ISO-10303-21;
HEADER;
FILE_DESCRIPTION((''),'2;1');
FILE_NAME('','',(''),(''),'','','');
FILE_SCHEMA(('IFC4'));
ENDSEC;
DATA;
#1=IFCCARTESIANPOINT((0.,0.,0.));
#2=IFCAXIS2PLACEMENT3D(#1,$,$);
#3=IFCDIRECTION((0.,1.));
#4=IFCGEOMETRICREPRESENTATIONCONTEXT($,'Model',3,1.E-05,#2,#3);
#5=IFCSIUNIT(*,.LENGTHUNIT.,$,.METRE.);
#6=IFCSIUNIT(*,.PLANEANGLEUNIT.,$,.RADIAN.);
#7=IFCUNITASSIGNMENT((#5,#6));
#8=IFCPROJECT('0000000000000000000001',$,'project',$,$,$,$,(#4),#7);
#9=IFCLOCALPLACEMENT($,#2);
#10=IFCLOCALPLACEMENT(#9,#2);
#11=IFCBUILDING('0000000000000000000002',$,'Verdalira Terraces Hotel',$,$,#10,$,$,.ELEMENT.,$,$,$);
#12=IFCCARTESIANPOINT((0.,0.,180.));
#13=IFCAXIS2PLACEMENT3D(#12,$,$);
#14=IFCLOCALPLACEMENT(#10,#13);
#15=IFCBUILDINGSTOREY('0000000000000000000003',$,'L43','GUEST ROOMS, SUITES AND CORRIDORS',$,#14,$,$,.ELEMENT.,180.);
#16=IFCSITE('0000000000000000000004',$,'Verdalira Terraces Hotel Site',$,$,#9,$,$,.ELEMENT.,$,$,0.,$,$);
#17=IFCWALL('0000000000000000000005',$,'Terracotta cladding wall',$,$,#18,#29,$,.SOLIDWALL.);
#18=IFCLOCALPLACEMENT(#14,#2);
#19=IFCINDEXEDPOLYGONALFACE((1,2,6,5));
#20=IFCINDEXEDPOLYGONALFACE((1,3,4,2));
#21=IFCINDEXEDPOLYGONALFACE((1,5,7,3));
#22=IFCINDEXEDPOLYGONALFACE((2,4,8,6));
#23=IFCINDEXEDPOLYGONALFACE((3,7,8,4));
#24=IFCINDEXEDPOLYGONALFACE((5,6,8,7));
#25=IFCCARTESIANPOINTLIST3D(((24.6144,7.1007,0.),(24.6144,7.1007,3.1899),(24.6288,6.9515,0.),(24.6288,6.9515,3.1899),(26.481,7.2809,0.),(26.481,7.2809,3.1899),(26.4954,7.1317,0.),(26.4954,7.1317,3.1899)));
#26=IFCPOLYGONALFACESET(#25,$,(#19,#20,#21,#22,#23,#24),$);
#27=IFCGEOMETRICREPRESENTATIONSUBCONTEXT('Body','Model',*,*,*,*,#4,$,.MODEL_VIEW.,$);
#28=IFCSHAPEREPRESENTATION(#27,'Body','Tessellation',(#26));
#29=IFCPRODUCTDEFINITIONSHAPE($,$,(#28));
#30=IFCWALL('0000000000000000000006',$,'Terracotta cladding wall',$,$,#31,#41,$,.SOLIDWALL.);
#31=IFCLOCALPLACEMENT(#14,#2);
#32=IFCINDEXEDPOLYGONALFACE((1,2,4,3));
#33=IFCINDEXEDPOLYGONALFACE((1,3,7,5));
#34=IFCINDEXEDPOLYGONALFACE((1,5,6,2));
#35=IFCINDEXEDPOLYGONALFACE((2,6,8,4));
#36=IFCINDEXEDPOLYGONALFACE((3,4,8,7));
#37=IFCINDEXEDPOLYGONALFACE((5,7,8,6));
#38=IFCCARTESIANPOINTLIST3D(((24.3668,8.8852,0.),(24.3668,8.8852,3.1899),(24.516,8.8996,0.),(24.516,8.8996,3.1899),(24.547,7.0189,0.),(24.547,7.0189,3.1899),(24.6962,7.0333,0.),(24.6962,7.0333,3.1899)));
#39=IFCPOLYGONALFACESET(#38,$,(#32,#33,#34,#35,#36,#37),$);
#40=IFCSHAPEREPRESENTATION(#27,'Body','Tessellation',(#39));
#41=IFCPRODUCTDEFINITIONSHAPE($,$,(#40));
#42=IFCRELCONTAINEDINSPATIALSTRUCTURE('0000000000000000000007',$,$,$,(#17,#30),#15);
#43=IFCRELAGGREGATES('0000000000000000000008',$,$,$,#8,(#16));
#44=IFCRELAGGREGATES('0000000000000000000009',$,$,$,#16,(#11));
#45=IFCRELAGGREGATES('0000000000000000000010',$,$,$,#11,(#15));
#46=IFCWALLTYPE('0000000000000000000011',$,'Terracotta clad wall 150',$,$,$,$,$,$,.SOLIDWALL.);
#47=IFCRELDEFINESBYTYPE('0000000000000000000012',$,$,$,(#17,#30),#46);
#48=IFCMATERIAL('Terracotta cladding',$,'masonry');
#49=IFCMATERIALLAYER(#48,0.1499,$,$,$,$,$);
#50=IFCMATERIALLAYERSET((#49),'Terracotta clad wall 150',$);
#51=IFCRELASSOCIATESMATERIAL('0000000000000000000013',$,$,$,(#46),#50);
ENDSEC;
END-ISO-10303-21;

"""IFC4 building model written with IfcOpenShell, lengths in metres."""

from ifc_helpers import new_model, si_unit, direction, frame, frame_2d, origin, place, context, subcontext, project, spatial, rectangle, extrude, material, layer, layer_set, type_object, element, save


model = new_model("IFC4")

# Units and contexts
model_context = context("Model", 3, precision=1e-05, world=origin(), true_north=direction((0.0, 1.0)))
body_context = subcontext(model_context, "Body", "Model", "MODEL_VIEW")
ifc_project = project(units=[si_unit("LENGTHUNIT", "METRE"), si_unit("PLANEANGLEUNIT", "RADIAN")], contexts=[model_context])

# Site, building, storey
site_placement = place(None, origin())
site = spatial("IfcSite", under=ifc_project, at=site_placement, Name="Verdalira Terraces Hotel Site", CompositionType="ELEMENT", RefElevation=0.0)
building_placement = place(site_placement, origin())
building = spatial("IfcBuilding", under=site, at=building_placement, Name="Verdalira Terraces Hotel", CompositionType="ELEMENT")
storey_placement = place(building_placement, frame((0.0, 0.0, 180.0)))
storey = spatial("IfcBuildingStorey", under=building, at=storey_placement, Name="L43", Description="GUEST ROOMS, SUITES AND CORRIDORS", CompositionType="ELEMENT", Elevation=180.0)

# Walls
ifc_material_1 = material(Name="Terracotta cladding", Category="masonry")
ifc_layer_1 = layer(ifc_material_1, 0.1499)
ifc_layer_set_1 = layer_set([ifc_layer_1], Name="Terracotta clad wall 150")
wall_type_1 = type_object("IfcWallType", Name="Terracotta clad wall 150", PredefinedType="SOLIDWALL", material=ifc_layer_set_1)
wall_1_placement = place(storey_placement, frame((26.488, 7.2063, 0.0), z_axis=(0.0, 0.0, 1.0), x_axis=(-0.995373, -0.096087, 0.0)))
element("IfcWall", 1, at=wall_1_placement, inside=storey, type_object=wall_type_1, Name="Terracotta cladding wall", PredefinedType="SOLIDWALL", context=body_context, shape_type="SweptSolid", body=[
    extrude(rectangle(XDim=1.8752, YDim=0.1499, at=frame_2d((0.9375, 0.0))), origin(), (0.0, 0.0, 1.0), 3.1899),
])
wall_2_placement = place(storey_placement, frame((24.6216, 7.0261, 0.0), z_axis=(0.0, 0.0, 1.0), x_axis=(-0.096099, 0.995372, 0.0)))
element("IfcWall", 2, at=wall_2_placement, inside=storey, type_object=wall_type_1, Name="Terracotta cladding wall", PredefinedType="SOLIDWALL", context=body_context, shape_type="SweptSolid", body=[
    extrude(rectangle(XDim=1.875, YDim=0.1499, at=frame_2d((0.9375, 0.0))), origin(), (0.0, 0.0, 1.0), 3.1899),
])

save(model, "model.ifc")
